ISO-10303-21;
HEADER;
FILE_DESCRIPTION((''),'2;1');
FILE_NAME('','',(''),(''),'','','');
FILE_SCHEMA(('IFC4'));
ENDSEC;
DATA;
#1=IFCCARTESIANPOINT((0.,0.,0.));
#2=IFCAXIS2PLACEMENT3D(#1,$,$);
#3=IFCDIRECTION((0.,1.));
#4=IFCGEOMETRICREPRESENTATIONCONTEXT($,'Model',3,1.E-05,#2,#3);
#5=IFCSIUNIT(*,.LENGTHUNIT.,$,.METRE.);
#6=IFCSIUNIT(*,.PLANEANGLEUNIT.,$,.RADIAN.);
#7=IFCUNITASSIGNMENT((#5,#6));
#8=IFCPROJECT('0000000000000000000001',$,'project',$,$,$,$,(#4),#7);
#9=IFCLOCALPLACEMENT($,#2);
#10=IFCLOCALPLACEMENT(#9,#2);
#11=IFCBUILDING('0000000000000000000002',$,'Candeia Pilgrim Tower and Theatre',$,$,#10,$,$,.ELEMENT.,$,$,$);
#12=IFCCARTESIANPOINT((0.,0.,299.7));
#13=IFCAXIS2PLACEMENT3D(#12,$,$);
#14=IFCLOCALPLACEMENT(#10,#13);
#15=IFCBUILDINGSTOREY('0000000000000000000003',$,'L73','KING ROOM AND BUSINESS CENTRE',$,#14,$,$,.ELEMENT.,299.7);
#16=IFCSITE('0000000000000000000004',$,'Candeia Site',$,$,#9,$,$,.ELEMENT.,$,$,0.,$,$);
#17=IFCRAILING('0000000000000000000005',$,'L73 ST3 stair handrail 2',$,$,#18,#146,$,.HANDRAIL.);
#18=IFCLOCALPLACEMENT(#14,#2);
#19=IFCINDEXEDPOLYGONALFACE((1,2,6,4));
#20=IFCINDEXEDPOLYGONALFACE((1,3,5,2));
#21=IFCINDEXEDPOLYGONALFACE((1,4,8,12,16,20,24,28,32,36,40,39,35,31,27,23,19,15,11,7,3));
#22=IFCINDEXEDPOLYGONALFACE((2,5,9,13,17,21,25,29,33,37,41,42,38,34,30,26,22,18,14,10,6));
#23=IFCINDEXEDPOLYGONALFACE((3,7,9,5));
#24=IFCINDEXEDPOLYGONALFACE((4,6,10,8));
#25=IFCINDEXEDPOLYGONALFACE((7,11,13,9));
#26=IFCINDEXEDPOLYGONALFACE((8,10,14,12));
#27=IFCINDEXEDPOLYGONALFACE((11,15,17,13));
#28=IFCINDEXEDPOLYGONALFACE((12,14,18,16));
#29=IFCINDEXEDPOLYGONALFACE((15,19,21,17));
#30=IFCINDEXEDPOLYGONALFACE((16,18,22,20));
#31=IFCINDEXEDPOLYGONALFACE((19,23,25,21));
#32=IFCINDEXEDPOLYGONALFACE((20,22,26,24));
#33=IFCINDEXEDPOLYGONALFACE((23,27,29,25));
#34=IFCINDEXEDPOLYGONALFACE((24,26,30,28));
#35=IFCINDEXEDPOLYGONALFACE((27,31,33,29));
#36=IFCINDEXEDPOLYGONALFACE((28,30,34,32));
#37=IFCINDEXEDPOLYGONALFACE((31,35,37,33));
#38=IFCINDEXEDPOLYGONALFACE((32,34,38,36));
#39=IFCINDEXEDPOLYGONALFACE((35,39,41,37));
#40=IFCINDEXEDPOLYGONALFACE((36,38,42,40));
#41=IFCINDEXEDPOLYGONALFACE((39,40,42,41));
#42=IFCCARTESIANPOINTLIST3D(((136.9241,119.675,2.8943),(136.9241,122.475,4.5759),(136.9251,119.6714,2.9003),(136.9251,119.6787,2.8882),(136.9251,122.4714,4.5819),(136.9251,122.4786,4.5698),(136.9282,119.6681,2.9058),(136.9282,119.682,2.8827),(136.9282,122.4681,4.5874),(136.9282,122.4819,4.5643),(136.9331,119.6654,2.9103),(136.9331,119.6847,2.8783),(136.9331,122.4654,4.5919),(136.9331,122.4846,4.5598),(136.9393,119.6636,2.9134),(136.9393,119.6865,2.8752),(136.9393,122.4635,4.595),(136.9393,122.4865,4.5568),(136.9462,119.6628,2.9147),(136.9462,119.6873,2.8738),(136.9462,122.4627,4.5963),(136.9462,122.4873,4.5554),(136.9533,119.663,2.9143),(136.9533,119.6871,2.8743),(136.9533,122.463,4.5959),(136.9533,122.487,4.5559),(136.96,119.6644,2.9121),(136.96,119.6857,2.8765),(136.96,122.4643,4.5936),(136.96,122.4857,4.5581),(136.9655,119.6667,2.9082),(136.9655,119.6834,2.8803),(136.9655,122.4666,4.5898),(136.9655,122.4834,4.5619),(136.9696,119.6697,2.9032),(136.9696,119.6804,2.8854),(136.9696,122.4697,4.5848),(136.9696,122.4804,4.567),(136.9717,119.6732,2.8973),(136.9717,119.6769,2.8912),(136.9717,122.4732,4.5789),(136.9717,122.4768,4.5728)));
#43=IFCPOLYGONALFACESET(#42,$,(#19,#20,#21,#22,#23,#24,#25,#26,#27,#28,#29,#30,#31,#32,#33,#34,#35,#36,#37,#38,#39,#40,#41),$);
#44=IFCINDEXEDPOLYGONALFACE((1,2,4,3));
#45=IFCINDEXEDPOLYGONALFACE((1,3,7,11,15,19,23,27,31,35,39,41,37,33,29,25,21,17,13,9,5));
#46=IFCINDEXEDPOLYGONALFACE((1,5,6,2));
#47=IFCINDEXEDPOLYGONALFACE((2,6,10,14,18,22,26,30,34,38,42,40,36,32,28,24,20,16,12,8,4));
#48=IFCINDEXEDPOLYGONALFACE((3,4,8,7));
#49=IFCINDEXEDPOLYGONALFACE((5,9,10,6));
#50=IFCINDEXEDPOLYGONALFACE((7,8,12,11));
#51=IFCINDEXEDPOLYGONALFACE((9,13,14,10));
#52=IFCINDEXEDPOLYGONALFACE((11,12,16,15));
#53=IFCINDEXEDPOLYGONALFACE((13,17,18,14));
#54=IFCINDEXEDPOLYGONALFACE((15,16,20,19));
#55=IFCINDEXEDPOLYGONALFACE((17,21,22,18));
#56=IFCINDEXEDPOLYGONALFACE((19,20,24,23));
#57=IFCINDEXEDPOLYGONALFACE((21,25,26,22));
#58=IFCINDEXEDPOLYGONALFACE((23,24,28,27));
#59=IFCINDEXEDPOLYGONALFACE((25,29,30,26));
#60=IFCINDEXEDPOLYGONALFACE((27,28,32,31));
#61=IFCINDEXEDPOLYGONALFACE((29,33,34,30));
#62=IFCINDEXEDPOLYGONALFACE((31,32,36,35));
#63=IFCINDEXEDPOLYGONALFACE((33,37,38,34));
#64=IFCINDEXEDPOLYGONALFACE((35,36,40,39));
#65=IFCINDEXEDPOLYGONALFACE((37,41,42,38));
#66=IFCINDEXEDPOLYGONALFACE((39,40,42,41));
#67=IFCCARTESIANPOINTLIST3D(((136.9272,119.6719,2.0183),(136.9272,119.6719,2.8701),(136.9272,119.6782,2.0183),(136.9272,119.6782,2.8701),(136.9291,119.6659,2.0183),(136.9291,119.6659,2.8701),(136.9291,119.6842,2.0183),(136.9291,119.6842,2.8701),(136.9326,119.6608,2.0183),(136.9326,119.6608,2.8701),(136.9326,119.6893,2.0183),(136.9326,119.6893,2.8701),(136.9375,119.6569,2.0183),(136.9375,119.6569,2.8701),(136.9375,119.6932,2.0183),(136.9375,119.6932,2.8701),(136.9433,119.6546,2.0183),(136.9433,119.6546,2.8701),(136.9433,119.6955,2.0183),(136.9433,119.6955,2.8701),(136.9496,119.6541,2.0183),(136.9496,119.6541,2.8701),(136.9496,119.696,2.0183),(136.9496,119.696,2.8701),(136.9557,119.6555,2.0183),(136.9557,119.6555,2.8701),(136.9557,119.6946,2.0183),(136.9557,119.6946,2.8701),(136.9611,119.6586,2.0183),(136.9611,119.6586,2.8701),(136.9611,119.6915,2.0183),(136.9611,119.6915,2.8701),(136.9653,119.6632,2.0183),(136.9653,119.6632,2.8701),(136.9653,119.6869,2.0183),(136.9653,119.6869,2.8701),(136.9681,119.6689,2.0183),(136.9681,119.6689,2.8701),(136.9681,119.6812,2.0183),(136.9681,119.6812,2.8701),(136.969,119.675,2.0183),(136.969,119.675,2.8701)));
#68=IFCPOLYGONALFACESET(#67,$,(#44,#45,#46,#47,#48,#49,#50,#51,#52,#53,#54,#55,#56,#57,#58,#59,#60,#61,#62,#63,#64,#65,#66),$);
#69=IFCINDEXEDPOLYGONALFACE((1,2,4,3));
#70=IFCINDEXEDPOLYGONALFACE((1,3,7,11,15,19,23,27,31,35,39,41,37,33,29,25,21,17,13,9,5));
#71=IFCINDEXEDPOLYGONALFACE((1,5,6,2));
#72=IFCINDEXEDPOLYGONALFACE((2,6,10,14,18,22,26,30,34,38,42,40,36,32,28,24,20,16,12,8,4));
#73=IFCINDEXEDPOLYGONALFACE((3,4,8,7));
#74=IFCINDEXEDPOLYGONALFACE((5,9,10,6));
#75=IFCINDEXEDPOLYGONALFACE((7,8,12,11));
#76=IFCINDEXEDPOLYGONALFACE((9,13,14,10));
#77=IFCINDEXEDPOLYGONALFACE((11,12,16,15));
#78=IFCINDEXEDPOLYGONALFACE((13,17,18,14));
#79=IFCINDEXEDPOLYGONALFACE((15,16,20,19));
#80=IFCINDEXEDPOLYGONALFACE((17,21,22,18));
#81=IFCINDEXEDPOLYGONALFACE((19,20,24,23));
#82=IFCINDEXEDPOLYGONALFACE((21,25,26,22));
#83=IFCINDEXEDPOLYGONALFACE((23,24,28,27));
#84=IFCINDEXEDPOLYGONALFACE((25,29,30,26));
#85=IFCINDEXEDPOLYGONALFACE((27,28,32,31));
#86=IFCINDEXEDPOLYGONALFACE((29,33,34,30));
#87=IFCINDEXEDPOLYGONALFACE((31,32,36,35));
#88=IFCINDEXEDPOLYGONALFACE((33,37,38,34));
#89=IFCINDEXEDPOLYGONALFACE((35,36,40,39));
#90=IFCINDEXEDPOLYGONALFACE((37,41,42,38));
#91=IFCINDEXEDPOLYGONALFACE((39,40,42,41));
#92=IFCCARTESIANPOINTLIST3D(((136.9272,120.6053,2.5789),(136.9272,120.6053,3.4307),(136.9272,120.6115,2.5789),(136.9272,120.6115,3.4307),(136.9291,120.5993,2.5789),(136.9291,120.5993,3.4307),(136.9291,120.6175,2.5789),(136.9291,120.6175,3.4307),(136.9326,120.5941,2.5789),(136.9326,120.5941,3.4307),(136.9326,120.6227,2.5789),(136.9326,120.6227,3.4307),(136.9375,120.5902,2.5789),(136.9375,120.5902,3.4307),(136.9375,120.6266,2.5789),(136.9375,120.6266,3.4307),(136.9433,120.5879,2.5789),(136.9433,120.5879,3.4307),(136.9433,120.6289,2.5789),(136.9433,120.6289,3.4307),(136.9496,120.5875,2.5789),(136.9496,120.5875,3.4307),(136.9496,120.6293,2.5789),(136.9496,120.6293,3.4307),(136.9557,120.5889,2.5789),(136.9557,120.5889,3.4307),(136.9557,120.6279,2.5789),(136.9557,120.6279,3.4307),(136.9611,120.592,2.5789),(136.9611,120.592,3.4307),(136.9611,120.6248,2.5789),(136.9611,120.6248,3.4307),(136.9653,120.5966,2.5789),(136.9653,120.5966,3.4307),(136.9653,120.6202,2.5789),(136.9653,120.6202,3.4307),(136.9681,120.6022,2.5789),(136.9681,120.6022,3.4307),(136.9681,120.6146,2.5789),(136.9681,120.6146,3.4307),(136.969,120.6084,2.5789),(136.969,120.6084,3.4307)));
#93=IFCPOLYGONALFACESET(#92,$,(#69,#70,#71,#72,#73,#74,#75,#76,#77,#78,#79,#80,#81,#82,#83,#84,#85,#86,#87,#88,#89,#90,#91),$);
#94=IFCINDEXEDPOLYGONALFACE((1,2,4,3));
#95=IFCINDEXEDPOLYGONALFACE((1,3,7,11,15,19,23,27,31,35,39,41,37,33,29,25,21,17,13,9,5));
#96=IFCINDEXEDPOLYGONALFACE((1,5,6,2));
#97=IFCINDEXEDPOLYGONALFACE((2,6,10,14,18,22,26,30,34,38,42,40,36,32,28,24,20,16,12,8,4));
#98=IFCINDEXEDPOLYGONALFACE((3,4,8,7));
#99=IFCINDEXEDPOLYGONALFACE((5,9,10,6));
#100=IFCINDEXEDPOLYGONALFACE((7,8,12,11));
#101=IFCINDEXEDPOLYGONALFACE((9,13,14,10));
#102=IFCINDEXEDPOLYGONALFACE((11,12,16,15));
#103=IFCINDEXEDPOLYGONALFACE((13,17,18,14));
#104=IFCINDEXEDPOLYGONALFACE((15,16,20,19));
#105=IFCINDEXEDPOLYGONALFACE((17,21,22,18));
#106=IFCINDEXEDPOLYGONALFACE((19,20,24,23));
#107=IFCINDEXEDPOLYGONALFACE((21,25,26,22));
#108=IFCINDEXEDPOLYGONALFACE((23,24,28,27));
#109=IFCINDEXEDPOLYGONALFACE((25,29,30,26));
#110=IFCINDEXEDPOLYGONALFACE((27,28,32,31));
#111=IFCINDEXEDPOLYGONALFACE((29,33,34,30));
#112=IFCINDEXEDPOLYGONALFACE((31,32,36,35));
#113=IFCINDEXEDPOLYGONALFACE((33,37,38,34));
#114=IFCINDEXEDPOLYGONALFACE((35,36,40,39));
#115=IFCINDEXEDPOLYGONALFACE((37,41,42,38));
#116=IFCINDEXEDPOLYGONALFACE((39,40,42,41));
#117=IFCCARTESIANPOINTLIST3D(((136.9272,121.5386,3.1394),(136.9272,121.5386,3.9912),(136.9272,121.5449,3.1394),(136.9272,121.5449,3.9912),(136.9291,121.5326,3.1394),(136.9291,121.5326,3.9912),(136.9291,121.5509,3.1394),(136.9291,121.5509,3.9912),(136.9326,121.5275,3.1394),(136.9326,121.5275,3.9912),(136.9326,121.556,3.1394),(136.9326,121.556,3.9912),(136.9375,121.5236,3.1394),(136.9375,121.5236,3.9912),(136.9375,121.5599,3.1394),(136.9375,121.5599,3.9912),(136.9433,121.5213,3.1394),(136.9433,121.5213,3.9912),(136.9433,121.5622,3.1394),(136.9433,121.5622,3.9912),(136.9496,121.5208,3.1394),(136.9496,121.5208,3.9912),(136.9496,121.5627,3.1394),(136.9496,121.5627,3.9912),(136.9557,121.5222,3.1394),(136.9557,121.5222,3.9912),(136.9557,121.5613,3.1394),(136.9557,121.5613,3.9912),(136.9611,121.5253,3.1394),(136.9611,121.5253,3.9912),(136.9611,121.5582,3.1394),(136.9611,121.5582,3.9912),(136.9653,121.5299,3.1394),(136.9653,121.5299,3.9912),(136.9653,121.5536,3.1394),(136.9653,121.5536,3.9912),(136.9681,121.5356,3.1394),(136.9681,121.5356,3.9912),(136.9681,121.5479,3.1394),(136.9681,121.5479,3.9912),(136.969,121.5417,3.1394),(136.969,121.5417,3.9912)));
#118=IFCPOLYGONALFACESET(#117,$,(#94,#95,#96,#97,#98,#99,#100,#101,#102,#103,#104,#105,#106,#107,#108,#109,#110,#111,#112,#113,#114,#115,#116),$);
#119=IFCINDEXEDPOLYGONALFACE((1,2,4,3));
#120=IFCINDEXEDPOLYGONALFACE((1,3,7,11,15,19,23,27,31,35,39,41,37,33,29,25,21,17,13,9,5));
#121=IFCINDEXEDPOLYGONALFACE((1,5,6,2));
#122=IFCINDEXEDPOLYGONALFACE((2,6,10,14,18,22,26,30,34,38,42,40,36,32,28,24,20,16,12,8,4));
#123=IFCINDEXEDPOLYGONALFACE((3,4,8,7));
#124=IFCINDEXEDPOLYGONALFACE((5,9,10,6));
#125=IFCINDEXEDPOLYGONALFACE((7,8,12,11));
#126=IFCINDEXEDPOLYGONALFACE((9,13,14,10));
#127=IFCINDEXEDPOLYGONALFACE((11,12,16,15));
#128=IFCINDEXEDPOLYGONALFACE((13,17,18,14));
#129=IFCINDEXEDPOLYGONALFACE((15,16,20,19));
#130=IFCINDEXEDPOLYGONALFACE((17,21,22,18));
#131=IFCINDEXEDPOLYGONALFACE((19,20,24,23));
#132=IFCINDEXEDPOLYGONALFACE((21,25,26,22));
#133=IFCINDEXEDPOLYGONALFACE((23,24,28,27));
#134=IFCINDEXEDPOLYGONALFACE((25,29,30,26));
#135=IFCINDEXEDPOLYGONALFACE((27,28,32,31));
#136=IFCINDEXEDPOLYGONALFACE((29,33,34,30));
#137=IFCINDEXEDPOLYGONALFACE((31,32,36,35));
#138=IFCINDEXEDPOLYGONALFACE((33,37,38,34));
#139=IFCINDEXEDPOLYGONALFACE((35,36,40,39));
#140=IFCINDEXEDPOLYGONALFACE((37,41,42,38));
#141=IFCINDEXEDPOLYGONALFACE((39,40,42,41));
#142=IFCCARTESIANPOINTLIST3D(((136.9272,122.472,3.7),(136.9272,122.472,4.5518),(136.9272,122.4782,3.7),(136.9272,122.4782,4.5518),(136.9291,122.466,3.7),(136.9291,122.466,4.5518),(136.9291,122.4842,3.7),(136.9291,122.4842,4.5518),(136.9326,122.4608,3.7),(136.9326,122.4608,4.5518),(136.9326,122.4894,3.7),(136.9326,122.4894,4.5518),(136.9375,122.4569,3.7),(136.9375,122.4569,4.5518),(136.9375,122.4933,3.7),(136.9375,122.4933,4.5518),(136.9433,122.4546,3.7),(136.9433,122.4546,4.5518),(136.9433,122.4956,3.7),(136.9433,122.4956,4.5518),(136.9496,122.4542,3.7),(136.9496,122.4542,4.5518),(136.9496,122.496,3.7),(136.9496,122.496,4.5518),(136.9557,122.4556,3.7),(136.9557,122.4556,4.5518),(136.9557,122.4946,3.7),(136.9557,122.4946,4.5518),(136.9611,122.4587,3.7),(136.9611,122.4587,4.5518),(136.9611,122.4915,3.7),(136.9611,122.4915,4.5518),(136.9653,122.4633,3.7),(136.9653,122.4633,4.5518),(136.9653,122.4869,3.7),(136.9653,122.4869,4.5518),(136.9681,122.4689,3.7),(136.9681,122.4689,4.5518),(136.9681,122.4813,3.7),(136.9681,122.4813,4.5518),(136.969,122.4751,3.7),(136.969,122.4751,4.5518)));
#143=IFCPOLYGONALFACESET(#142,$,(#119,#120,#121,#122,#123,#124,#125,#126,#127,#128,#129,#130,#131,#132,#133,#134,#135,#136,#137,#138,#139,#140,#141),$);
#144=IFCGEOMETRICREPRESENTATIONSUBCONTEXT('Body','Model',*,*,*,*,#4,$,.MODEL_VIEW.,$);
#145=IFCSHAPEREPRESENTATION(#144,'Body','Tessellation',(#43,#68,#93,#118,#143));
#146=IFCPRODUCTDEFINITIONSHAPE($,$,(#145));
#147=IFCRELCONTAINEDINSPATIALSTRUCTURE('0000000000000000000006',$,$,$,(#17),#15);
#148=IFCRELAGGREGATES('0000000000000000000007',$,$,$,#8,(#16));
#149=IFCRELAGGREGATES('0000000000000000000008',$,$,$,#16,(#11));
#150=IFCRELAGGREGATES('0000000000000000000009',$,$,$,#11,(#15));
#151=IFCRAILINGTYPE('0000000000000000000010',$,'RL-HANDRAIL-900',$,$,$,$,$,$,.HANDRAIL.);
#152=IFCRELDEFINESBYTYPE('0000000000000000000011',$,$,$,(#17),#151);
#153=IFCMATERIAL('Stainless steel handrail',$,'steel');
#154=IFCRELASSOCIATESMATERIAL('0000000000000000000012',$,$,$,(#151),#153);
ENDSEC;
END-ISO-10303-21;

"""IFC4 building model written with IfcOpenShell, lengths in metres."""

from ifc_helpers import new_model, si_unit, direction, frame, origin, origin_2d, place, context, subcontext, project, spatial, circle, extrude, material, type_object, element, save


model = new_model("IFC4")

# Units and contexts
model_context = context("Model", 3, precision=1e-05, world=origin(), true_north=direction((0.0, 1.0)))
body_context = subcontext(model_context, "Body", "Model", "MODEL_VIEW")
ifc_project = project(units=[si_unit("LENGTHUNIT", "METRE"), si_unit("PLANEANGLEUNIT", "RADIAN")], contexts=[model_context])

# Site, building, storey
site_placement = place(None, origin())
site = spatial("IfcSite", under=ifc_project, at=site_placement, Name="Candeia Site", CompositionType="ELEMENT", RefElevation=0.0)
building_placement = place(site_placement, origin())
building = spatial("IfcBuilding", under=site, at=building_placement, Name="Candeia Pilgrim Tower and Theatre", CompositionType="ELEMENT")
storey_placement = place(building_placement, frame((0.0, 0.0, 299.7)))
storey = spatial("IfcBuildingStorey", under=building, at=storey_placement, Name="L73", Description="KING ROOM AND BUSINESS CENTRE", CompositionType="ELEMENT", Elevation=299.7)

# Railing
ifc_material_1 = material(Name="Stainless steel handrail", Category="steel")
railing_type_1 = type_object("IfcRailingType", Name="RL-HANDRAIL-900", PredefinedType="HANDRAIL", material=ifc_material_1)
for number, where, name in (
    (1, (136.948, 119.675, 2.0183), "L73 ST3 stair handrail 2"),
):
    element("IfcRailing", number, at=place(storey_placement, frame(where)), inside=storey, type_object=railing_type_1, Name=name, PredefinedType="HANDRAIL", context=body_context, shape_type="SweptSolid", body=[
        extrude(circle(Radius=0.0239, at=origin_2d()), frame((0.0, 0.0, 0.876), z_axis=(0.0, 0.857275, 0.514858), x_axis=(-1.0, 0.0, 0.0)), (0.0, 0.0, 1.0), 3.2661),
        extrude(circle(Radius=0.021, at=origin_2d()), origin(), (0.0, 0.0, 1.0), 0.8518),
        extrude(circle(Radius=0.021, at=origin_2d()), frame((0.0, 0.9333, 0.5605)), (0.0, 0.0, 1.0), 0.8518),
        extrude(circle(Radius=0.021, at=origin_2d()), frame((0.0, 1.8667, 1.1211)), (0.0, 0.0, 1.0), 0.8518),
        extrude(circle(Radius=0.021, at=origin_2d()), frame((0.0, 2.8, 1.6816)), (0.0, 0.0, 1.0), 0.8518),
    ])

save(model, "model.ifc")
